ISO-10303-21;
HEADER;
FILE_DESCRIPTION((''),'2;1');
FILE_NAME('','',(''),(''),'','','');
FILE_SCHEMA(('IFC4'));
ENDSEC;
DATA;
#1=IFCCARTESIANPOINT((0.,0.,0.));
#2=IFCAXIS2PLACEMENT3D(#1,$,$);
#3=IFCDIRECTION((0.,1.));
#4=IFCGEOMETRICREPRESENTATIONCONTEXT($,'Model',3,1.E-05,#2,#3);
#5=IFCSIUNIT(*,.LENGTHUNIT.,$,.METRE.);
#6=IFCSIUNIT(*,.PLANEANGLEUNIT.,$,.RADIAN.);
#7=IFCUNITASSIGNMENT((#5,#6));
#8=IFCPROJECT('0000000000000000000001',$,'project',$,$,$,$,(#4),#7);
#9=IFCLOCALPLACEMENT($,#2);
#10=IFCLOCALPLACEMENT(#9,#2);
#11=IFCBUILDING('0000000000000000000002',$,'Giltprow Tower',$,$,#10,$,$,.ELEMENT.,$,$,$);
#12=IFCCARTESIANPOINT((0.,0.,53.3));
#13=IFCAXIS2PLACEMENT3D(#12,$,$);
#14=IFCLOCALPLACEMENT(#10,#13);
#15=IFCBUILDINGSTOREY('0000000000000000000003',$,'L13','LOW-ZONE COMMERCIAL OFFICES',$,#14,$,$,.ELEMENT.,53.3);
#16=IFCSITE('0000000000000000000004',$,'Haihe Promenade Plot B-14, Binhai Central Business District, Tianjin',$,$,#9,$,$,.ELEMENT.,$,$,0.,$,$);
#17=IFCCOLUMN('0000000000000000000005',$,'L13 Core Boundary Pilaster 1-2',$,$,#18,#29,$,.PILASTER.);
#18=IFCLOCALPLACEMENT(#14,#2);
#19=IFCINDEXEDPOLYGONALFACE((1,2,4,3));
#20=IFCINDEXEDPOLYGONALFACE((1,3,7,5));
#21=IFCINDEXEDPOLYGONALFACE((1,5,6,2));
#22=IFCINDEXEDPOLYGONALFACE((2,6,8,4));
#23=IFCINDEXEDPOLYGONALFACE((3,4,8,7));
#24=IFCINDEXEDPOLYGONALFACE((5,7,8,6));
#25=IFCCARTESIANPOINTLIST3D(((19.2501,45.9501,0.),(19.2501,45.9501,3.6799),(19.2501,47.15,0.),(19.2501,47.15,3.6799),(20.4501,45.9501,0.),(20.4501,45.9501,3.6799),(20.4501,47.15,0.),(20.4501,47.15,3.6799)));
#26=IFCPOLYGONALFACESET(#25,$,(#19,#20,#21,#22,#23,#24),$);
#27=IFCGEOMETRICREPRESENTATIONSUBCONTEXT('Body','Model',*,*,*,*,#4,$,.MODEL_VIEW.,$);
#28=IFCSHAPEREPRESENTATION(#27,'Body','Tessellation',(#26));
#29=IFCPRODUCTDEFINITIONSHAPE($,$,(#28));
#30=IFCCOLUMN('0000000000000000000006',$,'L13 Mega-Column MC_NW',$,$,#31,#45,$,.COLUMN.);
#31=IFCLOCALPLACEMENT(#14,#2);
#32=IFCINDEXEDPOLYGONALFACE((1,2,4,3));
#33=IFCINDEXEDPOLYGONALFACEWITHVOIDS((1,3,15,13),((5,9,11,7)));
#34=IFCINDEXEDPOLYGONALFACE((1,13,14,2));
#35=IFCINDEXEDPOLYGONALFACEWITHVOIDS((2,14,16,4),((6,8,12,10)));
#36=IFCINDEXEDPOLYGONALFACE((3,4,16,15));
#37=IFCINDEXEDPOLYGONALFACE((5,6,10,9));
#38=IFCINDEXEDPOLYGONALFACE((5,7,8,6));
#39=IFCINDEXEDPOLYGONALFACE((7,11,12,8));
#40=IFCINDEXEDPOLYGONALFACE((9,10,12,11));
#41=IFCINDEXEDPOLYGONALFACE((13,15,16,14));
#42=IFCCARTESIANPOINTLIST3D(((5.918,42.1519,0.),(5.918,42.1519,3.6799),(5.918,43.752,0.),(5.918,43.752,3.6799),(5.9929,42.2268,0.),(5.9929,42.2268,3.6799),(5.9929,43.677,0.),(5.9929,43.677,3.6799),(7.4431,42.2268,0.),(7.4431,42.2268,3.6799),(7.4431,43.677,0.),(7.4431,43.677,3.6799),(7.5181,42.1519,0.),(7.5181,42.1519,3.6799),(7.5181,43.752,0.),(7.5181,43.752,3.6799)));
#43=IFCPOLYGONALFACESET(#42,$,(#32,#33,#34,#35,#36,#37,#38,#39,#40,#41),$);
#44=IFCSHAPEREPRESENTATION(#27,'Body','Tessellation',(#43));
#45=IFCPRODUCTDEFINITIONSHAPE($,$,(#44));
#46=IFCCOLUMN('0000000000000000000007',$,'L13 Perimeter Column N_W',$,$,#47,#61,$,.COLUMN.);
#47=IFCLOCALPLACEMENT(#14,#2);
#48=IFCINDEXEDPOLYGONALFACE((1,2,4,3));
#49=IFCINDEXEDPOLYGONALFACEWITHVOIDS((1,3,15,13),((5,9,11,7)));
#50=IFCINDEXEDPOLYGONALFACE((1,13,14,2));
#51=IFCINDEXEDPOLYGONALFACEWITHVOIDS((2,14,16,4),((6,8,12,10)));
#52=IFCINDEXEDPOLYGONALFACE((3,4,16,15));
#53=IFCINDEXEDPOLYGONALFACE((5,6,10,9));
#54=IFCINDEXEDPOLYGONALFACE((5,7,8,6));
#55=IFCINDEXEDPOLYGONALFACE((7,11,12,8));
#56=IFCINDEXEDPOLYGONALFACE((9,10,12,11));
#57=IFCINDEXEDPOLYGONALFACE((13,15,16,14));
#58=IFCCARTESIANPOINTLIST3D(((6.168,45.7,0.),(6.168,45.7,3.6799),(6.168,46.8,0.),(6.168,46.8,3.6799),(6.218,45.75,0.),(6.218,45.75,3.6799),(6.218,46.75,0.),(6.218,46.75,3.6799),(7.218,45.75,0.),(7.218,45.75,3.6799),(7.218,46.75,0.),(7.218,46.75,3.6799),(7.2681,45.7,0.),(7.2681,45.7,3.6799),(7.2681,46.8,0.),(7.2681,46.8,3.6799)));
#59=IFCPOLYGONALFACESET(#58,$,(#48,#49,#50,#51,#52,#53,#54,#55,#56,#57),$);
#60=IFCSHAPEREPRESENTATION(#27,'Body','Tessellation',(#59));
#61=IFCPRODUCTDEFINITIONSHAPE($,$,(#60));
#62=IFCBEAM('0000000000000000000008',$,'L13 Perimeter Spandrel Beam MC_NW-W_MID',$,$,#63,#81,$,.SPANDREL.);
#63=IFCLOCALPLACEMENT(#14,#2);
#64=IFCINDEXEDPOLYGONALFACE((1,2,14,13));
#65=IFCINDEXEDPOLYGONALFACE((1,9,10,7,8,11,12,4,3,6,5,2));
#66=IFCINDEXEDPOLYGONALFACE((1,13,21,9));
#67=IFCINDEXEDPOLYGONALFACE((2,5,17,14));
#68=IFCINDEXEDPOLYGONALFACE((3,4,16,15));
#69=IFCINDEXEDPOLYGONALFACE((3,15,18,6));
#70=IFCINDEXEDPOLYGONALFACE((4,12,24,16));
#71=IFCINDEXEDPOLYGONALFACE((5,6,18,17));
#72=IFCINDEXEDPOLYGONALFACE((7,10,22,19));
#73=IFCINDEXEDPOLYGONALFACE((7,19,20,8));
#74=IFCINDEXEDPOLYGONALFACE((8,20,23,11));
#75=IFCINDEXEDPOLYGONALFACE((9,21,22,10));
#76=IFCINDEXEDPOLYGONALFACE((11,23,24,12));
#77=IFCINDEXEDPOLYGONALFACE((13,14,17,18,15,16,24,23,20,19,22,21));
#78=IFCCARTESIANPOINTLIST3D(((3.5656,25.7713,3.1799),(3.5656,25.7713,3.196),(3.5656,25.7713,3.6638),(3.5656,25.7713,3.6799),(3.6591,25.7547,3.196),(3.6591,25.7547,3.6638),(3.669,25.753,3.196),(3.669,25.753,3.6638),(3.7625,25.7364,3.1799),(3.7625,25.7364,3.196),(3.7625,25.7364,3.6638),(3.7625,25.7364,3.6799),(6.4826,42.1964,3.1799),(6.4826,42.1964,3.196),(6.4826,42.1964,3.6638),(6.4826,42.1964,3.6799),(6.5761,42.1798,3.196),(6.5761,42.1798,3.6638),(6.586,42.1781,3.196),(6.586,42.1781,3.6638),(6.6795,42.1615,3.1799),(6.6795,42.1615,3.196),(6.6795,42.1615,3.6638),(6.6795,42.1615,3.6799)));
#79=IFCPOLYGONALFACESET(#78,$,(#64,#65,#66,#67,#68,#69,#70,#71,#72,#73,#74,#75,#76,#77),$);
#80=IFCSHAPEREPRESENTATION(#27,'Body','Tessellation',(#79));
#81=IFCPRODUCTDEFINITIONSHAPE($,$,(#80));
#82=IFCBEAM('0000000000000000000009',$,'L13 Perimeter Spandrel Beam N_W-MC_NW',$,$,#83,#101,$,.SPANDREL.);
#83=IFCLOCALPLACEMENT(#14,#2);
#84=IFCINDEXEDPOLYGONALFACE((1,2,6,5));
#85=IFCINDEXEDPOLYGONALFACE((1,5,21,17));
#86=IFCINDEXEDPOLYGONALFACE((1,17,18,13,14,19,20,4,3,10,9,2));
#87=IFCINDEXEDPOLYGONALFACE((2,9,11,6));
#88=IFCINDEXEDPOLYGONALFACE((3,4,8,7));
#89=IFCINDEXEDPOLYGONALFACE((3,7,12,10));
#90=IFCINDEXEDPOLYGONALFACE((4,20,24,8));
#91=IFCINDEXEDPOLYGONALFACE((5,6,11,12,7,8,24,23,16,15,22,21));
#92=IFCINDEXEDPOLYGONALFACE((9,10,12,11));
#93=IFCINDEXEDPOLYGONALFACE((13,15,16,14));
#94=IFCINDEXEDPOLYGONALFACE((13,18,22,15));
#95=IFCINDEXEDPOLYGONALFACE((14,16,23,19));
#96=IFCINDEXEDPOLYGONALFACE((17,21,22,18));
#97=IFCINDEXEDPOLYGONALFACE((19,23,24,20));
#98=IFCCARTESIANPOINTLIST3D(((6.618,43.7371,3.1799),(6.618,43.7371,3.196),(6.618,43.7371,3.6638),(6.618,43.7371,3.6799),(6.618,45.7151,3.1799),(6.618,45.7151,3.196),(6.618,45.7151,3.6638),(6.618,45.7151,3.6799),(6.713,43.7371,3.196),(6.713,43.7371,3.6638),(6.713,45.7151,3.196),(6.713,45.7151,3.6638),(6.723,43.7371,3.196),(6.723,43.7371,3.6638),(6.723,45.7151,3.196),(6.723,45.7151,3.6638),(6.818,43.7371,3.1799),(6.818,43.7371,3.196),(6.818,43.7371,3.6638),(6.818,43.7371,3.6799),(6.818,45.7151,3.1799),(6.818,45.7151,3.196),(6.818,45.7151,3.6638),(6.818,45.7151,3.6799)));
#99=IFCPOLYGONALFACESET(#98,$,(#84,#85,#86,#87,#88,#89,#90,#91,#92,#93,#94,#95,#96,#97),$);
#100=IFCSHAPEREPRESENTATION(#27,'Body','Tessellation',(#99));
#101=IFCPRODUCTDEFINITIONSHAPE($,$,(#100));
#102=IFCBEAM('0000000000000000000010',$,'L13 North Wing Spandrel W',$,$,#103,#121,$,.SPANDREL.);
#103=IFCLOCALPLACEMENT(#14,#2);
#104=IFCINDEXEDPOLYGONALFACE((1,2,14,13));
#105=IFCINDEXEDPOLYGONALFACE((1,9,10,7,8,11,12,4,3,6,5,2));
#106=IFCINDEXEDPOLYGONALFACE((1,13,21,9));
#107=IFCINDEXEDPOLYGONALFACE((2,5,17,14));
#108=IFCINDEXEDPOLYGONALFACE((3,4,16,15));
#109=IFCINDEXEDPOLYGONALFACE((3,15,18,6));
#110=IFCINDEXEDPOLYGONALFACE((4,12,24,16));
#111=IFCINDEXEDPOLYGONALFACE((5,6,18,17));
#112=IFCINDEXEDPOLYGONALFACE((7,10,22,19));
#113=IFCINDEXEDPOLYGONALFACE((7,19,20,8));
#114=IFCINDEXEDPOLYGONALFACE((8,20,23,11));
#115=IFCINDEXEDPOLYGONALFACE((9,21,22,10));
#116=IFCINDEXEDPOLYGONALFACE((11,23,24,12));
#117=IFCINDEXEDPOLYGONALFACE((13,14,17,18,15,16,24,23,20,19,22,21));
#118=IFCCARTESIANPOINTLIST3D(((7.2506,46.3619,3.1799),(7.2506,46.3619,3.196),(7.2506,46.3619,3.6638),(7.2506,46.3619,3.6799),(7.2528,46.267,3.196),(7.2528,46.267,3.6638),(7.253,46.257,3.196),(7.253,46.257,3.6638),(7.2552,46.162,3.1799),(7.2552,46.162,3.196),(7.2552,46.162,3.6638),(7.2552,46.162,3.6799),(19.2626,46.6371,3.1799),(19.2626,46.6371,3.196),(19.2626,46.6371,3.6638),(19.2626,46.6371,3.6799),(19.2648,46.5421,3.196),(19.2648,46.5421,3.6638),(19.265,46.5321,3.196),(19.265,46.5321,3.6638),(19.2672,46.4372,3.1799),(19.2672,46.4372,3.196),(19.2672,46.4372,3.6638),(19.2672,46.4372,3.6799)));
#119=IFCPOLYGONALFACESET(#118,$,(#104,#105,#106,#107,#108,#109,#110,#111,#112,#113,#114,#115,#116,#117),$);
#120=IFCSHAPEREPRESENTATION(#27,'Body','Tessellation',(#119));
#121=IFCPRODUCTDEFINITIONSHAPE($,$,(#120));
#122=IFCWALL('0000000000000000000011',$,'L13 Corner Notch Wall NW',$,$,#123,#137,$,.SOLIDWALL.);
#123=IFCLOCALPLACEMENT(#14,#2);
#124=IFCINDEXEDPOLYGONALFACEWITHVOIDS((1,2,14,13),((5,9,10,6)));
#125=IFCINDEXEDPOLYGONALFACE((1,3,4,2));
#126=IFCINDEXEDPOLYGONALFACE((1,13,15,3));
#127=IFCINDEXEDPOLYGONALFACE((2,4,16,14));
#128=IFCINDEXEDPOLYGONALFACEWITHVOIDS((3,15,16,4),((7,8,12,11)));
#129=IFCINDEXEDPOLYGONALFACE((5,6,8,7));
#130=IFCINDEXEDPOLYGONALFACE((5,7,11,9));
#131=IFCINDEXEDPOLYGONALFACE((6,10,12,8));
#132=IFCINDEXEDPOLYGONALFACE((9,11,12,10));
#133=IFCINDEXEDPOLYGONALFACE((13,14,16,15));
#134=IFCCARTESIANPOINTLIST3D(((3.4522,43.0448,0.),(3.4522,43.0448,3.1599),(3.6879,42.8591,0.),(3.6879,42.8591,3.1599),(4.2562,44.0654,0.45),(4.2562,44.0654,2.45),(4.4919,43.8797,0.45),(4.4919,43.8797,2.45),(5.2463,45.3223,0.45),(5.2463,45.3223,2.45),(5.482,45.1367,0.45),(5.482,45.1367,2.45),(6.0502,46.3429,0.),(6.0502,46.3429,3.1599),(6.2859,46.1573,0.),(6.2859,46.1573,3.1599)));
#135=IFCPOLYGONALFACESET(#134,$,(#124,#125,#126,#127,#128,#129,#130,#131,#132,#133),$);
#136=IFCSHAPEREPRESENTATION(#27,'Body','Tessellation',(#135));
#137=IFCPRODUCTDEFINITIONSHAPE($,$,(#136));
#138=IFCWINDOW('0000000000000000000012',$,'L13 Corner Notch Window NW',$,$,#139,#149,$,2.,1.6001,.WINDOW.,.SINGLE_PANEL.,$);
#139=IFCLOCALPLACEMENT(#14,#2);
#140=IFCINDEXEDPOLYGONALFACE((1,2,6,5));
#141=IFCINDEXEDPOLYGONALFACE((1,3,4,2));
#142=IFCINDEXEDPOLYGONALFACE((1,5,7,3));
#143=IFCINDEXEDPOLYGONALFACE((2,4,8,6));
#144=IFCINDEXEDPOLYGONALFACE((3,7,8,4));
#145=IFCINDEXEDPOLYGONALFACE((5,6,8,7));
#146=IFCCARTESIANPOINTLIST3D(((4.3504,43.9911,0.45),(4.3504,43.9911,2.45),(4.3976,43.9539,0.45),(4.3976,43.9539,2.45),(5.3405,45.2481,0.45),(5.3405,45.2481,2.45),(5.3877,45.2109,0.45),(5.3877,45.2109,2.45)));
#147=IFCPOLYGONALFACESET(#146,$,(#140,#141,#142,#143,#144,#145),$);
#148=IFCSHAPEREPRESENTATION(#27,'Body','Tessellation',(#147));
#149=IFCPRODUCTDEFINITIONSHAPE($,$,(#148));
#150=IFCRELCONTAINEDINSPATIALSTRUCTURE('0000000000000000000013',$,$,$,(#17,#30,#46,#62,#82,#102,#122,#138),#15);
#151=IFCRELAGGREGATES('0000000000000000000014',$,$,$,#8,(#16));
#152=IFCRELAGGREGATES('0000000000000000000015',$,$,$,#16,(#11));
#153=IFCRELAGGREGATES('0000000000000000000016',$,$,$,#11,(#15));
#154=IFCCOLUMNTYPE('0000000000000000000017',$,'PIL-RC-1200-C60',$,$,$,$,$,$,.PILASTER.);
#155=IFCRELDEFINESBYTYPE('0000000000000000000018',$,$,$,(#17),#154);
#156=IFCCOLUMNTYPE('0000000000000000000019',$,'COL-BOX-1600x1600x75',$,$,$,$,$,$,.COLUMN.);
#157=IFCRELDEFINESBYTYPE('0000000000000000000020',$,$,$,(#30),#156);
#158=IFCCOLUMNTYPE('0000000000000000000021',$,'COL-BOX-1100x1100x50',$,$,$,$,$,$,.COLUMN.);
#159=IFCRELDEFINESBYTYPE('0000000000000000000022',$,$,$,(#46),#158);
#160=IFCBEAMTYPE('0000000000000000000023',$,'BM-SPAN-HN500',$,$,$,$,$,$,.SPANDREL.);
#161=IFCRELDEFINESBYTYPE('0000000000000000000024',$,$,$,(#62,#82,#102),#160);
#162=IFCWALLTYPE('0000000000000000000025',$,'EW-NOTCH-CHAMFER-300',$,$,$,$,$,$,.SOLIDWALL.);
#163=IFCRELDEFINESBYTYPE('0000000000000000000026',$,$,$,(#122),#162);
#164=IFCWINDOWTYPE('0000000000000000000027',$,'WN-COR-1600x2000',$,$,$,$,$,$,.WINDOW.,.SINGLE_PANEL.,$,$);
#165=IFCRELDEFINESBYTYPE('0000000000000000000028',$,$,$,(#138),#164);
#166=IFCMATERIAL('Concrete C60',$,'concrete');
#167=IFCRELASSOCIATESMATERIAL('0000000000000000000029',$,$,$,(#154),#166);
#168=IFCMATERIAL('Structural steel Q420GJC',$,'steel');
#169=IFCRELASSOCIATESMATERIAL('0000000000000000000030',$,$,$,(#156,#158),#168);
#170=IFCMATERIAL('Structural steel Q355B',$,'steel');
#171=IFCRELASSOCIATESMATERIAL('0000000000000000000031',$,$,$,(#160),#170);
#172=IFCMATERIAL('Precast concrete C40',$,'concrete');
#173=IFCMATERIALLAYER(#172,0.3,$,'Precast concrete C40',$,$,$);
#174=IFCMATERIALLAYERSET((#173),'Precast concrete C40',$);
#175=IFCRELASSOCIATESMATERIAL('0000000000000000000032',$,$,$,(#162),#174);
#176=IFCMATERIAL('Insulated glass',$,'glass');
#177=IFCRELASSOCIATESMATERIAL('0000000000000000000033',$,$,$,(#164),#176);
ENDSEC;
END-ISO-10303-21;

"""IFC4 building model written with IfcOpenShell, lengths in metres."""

from ifc_helpers import new_model, si_unit, direction, frame, frame_2d, origin, origin_2d, place, context, subcontext, project, spatial, rectangle, hollow_rectangle, i_section, extrude, source, transform, mapped, material, layer, layer_set, material_profile, profile_set, type_object, element, fill, save


model = new_model("IFC4")

# Units and contexts
model_context = context("Model", 3, precision=1e-05, world=origin(), true_north=direction((0.0, 1.0)))
body_context = subcontext(model_context, "Body", "Model", "MODEL_VIEW")
ifc_project = project(units=[si_unit("LENGTHUNIT", "METRE"), si_unit("PLANEANGLEUNIT", "RADIAN")], contexts=[model_context])

# Site, building, storey
site_placement = place(None, origin())
site = spatial("IfcSite", under=ifc_project, at=site_placement, Name="Haihe Promenade Plot B-14, Binhai Central Business District, Tianjin", CompositionType="ELEMENT", RefElevation=0.0)
building_placement = place(site_placement, origin())
building = spatial("IfcBuilding", under=site, at=building_placement, Name="Giltprow Tower", CompositionType="ELEMENT")
storey_placement = place(building_placement, frame((0.0, 0.0, 53.3)))
storey = spatial("IfcBuildingStorey", under=building, at=storey_placement, Name="L13", Description="LOW-ZONE COMMERCIAL OFFICES", CompositionType="ELEMENT", Elevation=53.3)

# Columns
ifc_material_1 = material(Name="Concrete C60", Category="concrete")
ifc_material_profile_1 = material_profile(ifc_material_1, rectangle(XDim=1.2, YDim=1.2, at=origin_2d()), Name="RC 1200x1200")
ifc_profile_set_1 = profile_set([ifc_material_profile_1], Name="Concrete C60")
column_type_1 = type_object("IfcColumnType", Name="PIL-RC-1200-C60", PredefinedType="PILASTER", material=ifc_profile_set_1)
shared_shape_1 = source(origin(), body_context, "Body", "SweptSolid", [
    extrude(rectangle(XDim=1.2, YDim=1.2, at=origin_2d()), origin(), (0.0, 0.0, 1.0), 3.6799),
])
column_1_placement = place(storey_placement, frame((19.8501, 46.55, 0.0), z_axis=(0.0, 0.0, 1.0), x_axis=(1.0, 0.0, 0.0)))
element("IfcColumn", 1, at=column_1_placement, inside=storey, type_object=column_type_1, Name="L13 Core Boundary Pilaster 1-2", PredefinedType="PILASTER", context=body_context, shape_type="MappedRepresentation", body=[
    mapped(shared_shape_1, transform((0.0, 0.0, 0.0), x_axis=(1.0, 0.0, 0.0), y_axis=(0.0, 1.0, 0.0), z_axis=(0.0, 0.0, 1.0), scale=1.0)),
])
ifc_material_2 = material(Name="Structural steel Q420GJC", Category="steel")
ifc_material_profile_2 = material_profile(ifc_material_2, hollow_rectangle(XDim=1.6001, YDim=1.6001, WallThickness=0.075, at=origin_2d()), Name="BOX 1600x1600x75")
ifc_profile_set_2 = profile_set([ifc_material_profile_2], Name="Structural steel Q420GJC")
column_type_2 = type_object("IfcColumnType", Name="COL-BOX-1600x1600x75", PredefinedType="COLUMN", material=ifc_profile_set_2)
shared_shape_2 = source(origin(), body_context, "Body", "SweptSolid", [
    extrude(hollow_rectangle(XDim=1.6001, YDim=1.6001, WallThickness=0.075, at=origin_2d()), origin(), (0.0, 0.0, 1.0), 3.6799),
])
column_2_placement = place(storey_placement, frame((6.718, 42.9519, 0.0), z_axis=(0.0, 0.0, 1.0), x_axis=(1.0, 0.0, 0.0)))
element("IfcColumn", 2, at=column_2_placement, inside=storey, type_object=column_type_2, Name="L13 Mega-Column MC_NW", PredefinedType="COLUMN", context=body_context, shape_type="MappedRepresentation", body=[
    mapped(shared_shape_2, transform((0.0, 0.0, 0.0), x_axis=(1.0, 0.0, 0.0), y_axis=(0.0, 1.0, 0.0), z_axis=(0.0, 0.0, 1.0), scale=1.0)),
])
ifc_material_profile_3 = material_profile(ifc_material_2, hollow_rectangle(XDim=1.1001, YDim=1.1001, WallThickness=0.05, at=origin_2d()), Name="BOX 1100x1100x50")
ifc_profile_set_3 = profile_set([ifc_material_profile_3], Name="Structural steel Q420GJC")
column_type_3 = type_object("IfcColumnType", Name="COL-BOX-1100x1100x50", PredefinedType="COLUMN", material=ifc_profile_set_3)
shared_shape_3 = source(origin(), body_context, "Body", "SweptSolid", [
    extrude(hollow_rectangle(XDim=1.1001, YDim=1.1001, WallThickness=0.05, at=origin_2d()), origin(), (0.0, 0.0, 1.0), 3.6799),
])
column_3_placement = place(storey_placement, frame((6.718, 46.25, 0.0), z_axis=(0.0, 0.0, 1.0), x_axis=(1.0, 0.0, 0.0)))
element("IfcColumn", 3, at=column_3_placement, inside=storey, type_object=column_type_3, Name="L13 Perimeter Column N_W", PredefinedType="COLUMN", context=body_context, shape_type="MappedRepresentation", body=[
    mapped(shared_shape_3, transform((0.0, 0.0, 0.0), x_axis=(1.0, 0.0, 0.0), y_axis=(0.0, 1.0, 0.0), z_axis=(0.0, 0.0, 1.0), scale=1.0)),
])

# Beams
ifc_material_3 = material(Name="Structural steel Q355B", Category="steel")
ifc_material_profile_4 = material_profile(ifc_material_3, i_section(OverallWidth=0.2, OverallDepth=0.5, WebThickness=0.01, FlangeThickness=0.0161, at=origin_2d()), Name="HN 500x200x10x16")
ifc_profile_set_4 = profile_set([ifc_material_profile_4], Name="Structural steel Q355B")
beam_type = type_object("IfcBeamType", Name="BM-SPAN-HN500", PredefinedType="SPANDREL", material=ifc_profile_set_4)
shared_shape_4 = source(origin(), body_context, "Body", "SweptSolid", [
    extrude(i_section(OverallWidth=0.2, OverallDepth=0.5, WebThickness=0.01, FlangeThickness=0.0161, at=origin_2d()), origin(), (0.0, 0.0, 1.0), 16.6821),
])
beam_1_placement = place(storey_placement, frame((6.5811, 42.179, 3.4299), z_axis=(-0.174858, -0.984594, 0.0), x_axis=(0.984594, -0.174858, 0.0)))
element("IfcBeam", 4, at=beam_1_placement, inside=storey, type_object=beam_type, Name="L13 Perimeter Spandrel Beam MC_NW-W_MID", PredefinedType="SPANDREL", context=body_context, shape_type="MappedRepresentation", body=[
    mapped(shared_shape_4, transform((0.0, 0.0, 0.0), x_axis=(1.0, 0.0, 0.0), y_axis=(0.0, 1.0, 0.0), z_axis=(0.0, 0.0, 1.0), scale=1.0)),
])
shared_shape_5 = source(origin(), body_context, "Body", "SweptSolid", [
    extrude(i_section(OverallWidth=0.2, OverallDepth=0.5, WebThickness=0.01, FlangeThickness=0.0161, at=origin_2d()), origin(), (0.0, 0.0, 1.0), 1.978),
])
beam_2_placement = place(storey_placement, frame((6.718, 45.7151, 3.4299), z_axis=(0.0, -1.0, 0.0), x_axis=(1.0, 0.0, 0.0)))
element("IfcBeam", 5, at=beam_2_placement, inside=storey, type_object=beam_type, Name="L13 Perimeter Spandrel Beam N_W-MC_NW", PredefinedType="SPANDREL", context=body_context, shape_type="MappedRepresentation", body=[
    mapped(shared_shape_5, transform((0.0, 0.0, 0.0), x_axis=(1.0, 0.0, 0.0), y_axis=(0.0, 1.0, 0.0), z_axis=(0.0, 0.0, 1.0), scale=1.0)),
])
shared_shape_6 = source(origin(), body_context, "Body", "SweptSolid", [
    extrude(i_section(OverallWidth=0.2, OverallDepth=0.5, WebThickness=0.01, FlangeThickness=0.0161, at=origin_2d()), origin(), (0.0, 0.0, 1.0), 12.0151),
])
beam_3_placement = place(storey_placement, frame((7.2529, 46.262, 3.4299), z_axis=(0.999738, 0.0229, 0.0), x_axis=(-0.0229, 0.999738, 0.0)))
element("IfcBeam", 6, at=beam_3_placement, inside=storey, type_object=beam_type, Name="L13 North Wing Spandrel W", PredefinedType="SPANDREL", context=body_context, shape_type="MappedRepresentation", body=[
    mapped(shared_shape_6, transform((0.0, 0.0, 0.0), x_axis=(1.0, 0.0, 0.0), y_axis=(0.0, 1.0, 0.0), z_axis=(0.0, 0.0, 1.0), scale=1.0)),
])

# Wall, opening, window
ifc_material_4 = material(Name="Precast concrete C40", Category="concrete")
ifc_layer_1 = layer(ifc_material_4, 0.3, Name="Precast concrete C40")
ifc_layer_set_1 = layer_set([ifc_layer_1], Name="Precast concrete C40")
wall_type_1 = type_object("IfcWallType", Name="EW-NOTCH-CHAMFER-300", PredefinedType="SOLIDWALL", material=ifc_layer_set_1)
wall_1_placement = place(storey_placement, frame((6.168, 46.25, 0.0), z_axis=(0.0, 0.0, 1.0), x_axis=(-0.618784, -0.785561, 0.0)))
wall_1 = element("IfcWall", 7, at=wall_1_placement, inside=storey, type_object=wall_type_1, Name="L13 Corner Notch Wall NW", PredefinedType="SOLIDWALL", context=body_context, shape_type="SweptSolid", body=[
    extrude(rectangle(XDim=4.1985, YDim=0.3, at=frame_2d((2.0991, 0.0))), origin(), (0.0, 0.0, 1.0), 3.1599),
])
opening_1_placement = place(wall_1_placement, frame((1.2991, 0.0, 0.45)))
opening_1 = element("IfcOpeningElement", 8, at=opening_1_placement, cuts=wall_1, PredefinedType="OPENING", context=body_context, shape_type="SweptSolid", body=[
    extrude(rectangle(XDim=1.6001, YDim=2.0, at=frame_2d((0.8, 1.0))), frame((0.0, 0.1599, 0.0), z_axis=(0.0, -1.0, 0.0), x_axis=(1.0, 0.0, 0.0)), (0.0, 0.0, 1.0), 0.3201),
])
ifc_material_5 = material(Name="Insulated glass", Category="glass")
window_type = type_object("IfcWindowType", Name="WN-COR-1600x2000", PartitioningType="SINGLE_PANEL", PredefinedType="WINDOW", material=ifc_material_5)
shared_shape_7 = source(origin(), body_context, "Body", "SweptSolid", [
    extrude(rectangle(XDim=1.6001, YDim=2.0, at=frame_2d((0.8, 1.0))), frame((0.0, 0.03, 0.0), z_axis=(0.0, -1.0, 0.0), x_axis=(1.0, 0.0, 0.0)), (0.0, 0.0, 1.0), 0.0601),
])
window_1_placement = place(opening_1_placement, origin())
window_1 = element("IfcWindow", 9, at=window_1_placement, inside=storey, type_object=window_type, Name="L13 Corner Notch Window NW", OverallHeight=2.0, OverallWidth=1.6001, PartitioningType="SINGLE_PANEL", PredefinedType="WINDOW", context=body_context, shape_type="MappedRepresentation", body=[
    mapped(shared_shape_7, transform((0.0, 0.0, 0.0), x_axis=(1.0, 0.0, 0.0), y_axis=(0.0, 1.0, 0.0), z_axis=(0.0, 0.0, 1.0), scale=1.0)),
])
fill(opening_1, window_1)

save(model, "model.ifc")
